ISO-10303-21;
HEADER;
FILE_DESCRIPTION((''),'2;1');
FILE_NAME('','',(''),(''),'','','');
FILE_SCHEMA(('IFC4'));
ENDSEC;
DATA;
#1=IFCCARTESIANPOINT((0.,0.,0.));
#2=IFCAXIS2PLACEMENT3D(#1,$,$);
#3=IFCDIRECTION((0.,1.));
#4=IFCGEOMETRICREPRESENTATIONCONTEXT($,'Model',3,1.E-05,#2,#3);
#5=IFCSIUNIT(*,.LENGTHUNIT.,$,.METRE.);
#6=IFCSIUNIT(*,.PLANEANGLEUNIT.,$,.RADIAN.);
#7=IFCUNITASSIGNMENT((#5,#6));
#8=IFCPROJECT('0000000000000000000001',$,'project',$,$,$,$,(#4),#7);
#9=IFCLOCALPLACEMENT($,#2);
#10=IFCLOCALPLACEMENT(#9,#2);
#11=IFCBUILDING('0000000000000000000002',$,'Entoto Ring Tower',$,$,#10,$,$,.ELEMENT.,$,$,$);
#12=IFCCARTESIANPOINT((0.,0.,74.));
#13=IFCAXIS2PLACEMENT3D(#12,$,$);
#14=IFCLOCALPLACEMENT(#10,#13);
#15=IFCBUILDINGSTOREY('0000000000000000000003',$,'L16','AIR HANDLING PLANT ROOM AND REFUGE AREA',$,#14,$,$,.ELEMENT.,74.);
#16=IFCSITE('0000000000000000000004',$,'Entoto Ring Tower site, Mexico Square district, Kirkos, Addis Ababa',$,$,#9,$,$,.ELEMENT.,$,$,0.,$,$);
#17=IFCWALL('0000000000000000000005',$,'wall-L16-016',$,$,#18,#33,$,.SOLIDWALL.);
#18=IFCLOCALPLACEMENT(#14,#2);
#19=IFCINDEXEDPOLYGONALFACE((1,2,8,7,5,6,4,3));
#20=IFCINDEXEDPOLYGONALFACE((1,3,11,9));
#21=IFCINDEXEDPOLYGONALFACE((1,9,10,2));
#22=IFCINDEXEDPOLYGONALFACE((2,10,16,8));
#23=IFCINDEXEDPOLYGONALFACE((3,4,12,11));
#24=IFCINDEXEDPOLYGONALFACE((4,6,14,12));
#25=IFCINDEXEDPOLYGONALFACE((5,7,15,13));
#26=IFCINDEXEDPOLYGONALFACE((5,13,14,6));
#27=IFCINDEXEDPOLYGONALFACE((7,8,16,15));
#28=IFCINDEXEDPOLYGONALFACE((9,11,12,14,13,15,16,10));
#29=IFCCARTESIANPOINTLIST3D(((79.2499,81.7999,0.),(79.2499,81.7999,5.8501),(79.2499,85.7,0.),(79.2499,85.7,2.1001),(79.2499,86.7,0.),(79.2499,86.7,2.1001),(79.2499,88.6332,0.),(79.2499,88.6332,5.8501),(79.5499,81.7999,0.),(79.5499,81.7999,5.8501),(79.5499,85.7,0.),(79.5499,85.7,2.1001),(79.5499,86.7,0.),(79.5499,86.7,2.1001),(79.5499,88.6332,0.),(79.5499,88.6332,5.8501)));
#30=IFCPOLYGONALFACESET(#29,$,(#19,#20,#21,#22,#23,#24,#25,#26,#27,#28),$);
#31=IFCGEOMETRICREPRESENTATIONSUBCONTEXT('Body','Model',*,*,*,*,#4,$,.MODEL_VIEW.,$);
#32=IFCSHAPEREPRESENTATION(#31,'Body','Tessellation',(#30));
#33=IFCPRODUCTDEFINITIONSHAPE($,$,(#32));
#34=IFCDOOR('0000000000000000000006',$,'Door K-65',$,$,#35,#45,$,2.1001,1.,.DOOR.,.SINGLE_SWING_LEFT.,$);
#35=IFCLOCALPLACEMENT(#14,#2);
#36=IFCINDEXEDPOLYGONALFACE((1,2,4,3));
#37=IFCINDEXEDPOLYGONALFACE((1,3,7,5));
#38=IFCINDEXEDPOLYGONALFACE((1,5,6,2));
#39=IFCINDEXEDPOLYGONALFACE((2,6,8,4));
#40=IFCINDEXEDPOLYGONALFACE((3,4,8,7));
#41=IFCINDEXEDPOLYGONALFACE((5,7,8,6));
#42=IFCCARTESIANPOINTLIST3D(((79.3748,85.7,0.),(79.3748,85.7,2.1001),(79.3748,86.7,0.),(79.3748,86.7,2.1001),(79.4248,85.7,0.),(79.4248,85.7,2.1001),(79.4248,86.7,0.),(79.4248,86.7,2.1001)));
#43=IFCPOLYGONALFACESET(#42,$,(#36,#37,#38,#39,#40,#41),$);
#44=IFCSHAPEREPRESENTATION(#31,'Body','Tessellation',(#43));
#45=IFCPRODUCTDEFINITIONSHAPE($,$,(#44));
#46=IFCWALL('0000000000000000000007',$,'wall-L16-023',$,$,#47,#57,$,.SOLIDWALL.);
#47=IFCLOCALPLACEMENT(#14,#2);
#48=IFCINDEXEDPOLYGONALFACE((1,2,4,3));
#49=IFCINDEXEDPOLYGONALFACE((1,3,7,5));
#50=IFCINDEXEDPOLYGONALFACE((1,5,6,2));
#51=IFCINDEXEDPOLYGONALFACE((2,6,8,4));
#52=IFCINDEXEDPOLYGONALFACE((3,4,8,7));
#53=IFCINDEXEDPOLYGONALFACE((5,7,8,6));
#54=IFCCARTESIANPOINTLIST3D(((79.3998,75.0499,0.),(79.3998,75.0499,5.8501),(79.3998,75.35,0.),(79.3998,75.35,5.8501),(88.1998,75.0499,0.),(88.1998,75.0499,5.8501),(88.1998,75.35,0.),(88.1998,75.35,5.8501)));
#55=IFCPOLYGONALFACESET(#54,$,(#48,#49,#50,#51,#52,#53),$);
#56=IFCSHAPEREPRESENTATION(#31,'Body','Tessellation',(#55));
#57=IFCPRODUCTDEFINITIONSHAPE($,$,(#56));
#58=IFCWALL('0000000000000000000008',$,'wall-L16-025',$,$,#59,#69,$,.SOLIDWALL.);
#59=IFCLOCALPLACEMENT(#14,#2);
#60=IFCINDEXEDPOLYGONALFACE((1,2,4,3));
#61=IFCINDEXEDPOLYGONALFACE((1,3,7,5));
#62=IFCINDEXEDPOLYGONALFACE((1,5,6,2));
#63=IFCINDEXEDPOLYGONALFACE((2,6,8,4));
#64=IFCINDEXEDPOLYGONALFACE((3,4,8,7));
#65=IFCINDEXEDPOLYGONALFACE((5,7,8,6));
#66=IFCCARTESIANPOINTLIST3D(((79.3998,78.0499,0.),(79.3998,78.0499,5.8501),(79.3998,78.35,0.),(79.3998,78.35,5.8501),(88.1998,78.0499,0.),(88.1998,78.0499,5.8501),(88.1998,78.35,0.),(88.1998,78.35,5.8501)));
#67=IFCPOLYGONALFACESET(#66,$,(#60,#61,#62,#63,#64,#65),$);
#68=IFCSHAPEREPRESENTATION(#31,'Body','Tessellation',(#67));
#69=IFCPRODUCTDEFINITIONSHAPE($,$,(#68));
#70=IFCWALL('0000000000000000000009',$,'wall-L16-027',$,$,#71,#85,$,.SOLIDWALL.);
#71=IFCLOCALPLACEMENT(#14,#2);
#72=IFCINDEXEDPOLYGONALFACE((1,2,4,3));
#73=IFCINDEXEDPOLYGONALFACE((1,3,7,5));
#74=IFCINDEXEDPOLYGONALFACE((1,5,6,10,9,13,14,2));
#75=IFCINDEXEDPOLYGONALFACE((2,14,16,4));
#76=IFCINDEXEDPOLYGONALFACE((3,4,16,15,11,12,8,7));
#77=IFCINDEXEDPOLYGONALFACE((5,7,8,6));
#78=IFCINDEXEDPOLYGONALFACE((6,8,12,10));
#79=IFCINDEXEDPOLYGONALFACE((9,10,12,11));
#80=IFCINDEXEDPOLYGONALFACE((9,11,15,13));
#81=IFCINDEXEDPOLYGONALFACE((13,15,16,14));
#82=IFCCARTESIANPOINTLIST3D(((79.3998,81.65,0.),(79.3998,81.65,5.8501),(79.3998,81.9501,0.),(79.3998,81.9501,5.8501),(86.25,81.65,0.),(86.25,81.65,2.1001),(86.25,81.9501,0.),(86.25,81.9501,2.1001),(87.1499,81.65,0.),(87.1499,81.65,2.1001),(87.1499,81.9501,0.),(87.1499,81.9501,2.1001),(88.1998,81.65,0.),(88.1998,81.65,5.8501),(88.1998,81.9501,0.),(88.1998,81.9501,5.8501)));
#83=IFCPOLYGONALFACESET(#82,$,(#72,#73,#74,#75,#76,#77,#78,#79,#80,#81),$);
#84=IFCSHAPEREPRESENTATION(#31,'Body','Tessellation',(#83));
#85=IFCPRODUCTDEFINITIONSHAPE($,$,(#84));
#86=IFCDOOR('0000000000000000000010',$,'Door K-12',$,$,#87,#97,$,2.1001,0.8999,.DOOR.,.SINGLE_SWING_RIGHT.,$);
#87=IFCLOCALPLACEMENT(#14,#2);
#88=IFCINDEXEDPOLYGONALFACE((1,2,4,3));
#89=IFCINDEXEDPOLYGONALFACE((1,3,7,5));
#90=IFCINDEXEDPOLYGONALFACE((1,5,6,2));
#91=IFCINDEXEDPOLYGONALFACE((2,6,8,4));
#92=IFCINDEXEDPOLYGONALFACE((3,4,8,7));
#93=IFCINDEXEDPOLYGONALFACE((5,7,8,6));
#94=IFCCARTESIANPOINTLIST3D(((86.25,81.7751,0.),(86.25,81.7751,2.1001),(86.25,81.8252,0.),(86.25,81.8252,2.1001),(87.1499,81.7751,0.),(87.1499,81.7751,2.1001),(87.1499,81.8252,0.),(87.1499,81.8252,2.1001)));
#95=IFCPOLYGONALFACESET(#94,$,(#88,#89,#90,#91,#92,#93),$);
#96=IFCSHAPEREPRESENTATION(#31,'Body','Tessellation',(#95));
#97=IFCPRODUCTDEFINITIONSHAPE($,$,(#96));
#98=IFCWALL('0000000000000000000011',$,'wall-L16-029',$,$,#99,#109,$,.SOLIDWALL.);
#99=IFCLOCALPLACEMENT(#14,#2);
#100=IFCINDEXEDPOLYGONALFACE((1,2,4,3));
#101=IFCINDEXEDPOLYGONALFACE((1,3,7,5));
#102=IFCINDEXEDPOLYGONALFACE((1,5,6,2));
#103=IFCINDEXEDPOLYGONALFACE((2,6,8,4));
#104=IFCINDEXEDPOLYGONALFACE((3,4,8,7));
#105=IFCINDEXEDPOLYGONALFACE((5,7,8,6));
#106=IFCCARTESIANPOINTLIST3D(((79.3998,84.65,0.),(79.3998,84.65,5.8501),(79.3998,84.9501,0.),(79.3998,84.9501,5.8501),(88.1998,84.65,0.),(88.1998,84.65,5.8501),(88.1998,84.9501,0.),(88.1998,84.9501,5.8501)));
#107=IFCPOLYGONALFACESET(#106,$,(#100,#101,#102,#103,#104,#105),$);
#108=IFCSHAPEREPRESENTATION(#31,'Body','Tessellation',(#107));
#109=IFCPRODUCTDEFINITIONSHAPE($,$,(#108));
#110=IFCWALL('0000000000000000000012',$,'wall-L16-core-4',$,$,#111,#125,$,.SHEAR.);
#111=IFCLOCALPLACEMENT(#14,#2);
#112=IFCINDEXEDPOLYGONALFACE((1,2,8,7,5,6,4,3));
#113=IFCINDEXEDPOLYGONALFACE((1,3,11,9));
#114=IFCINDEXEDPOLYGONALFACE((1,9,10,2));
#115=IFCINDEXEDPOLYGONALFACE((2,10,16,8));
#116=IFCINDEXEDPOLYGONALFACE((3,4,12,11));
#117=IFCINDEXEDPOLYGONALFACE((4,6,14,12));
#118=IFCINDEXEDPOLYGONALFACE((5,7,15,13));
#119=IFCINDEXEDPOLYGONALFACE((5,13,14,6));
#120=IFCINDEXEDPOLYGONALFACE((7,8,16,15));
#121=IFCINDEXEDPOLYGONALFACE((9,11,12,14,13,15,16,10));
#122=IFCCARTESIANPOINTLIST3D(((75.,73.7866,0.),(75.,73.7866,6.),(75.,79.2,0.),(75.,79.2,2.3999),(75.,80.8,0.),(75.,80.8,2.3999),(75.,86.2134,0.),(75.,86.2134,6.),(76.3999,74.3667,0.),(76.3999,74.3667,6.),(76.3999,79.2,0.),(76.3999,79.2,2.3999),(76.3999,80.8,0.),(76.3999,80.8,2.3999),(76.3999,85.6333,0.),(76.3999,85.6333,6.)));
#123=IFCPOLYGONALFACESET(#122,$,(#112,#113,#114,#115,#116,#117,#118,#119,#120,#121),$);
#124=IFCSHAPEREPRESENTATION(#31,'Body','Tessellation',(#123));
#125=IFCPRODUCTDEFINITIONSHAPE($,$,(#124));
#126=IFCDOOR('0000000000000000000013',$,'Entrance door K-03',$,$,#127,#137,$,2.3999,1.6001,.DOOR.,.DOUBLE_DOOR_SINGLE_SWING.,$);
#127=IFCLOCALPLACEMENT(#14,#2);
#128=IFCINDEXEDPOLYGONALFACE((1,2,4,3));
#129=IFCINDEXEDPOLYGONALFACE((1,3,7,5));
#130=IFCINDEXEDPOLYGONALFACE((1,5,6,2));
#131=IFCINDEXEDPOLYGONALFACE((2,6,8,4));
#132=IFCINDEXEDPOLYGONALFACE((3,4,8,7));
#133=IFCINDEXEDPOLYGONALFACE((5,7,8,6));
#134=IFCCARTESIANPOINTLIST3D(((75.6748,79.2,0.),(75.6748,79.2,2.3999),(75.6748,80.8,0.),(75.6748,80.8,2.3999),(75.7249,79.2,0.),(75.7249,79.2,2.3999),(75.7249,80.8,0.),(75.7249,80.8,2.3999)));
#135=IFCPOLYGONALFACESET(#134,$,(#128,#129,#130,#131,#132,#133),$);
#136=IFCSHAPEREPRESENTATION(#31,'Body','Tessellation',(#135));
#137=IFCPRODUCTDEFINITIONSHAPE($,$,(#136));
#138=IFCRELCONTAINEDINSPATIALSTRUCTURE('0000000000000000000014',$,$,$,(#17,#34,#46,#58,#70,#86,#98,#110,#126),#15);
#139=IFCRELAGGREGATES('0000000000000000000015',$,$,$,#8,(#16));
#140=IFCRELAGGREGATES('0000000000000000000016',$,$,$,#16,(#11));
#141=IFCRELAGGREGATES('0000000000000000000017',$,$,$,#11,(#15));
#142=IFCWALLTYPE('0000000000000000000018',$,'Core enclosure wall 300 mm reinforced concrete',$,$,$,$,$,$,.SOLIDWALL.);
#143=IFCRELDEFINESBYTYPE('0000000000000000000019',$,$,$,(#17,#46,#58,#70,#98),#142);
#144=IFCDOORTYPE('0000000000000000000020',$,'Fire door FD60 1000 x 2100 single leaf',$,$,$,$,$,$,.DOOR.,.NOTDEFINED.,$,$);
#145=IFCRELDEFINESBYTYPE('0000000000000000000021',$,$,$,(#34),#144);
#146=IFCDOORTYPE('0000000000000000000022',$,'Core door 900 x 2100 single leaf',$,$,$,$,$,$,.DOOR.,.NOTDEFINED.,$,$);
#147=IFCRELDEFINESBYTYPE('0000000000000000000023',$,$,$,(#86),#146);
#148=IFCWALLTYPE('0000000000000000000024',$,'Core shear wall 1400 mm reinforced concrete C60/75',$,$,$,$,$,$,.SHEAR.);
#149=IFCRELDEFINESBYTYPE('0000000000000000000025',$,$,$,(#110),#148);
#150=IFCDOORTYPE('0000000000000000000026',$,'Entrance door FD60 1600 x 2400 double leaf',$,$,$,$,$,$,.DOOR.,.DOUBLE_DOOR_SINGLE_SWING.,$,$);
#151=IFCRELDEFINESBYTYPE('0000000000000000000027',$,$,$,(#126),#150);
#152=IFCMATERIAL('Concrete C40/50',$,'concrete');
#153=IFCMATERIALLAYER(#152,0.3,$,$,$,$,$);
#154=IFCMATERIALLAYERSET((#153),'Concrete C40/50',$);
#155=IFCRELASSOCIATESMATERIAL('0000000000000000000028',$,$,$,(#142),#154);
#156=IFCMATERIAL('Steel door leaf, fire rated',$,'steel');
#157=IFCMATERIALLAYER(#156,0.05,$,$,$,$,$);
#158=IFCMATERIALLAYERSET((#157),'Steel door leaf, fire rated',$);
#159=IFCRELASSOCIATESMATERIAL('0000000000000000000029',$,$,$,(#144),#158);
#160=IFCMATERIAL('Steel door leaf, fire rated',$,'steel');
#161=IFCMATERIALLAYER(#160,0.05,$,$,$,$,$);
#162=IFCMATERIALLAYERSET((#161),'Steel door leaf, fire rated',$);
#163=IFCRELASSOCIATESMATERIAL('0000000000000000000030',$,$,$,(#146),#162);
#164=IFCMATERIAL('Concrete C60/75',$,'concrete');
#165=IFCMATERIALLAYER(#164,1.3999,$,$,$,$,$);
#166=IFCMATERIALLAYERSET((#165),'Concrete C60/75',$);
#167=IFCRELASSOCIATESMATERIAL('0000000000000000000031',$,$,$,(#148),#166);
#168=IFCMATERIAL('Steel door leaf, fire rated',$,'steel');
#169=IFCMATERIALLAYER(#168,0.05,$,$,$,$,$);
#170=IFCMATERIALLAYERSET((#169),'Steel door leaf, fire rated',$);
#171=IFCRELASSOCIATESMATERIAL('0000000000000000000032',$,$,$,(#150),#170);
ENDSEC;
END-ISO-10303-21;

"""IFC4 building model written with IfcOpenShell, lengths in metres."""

from ifc_helpers import new_model, si_unit, direction, frame, frame_2d, origin, place, context, subcontext, project, spatial, polyline, rectangle, outline, extrude, material, layer, layer_set, type_object, element, fill, save


model = new_model("IFC4")

# Units and contexts
model_context = context("Model", 3, precision=1e-05, world=origin(), true_north=direction((0.0, 1.0)))
body_context = subcontext(model_context, "Body", "Model", "MODEL_VIEW")
ifc_project = project(units=[si_unit("LENGTHUNIT", "METRE"), si_unit("PLANEANGLEUNIT", "RADIAN")], contexts=[model_context])

# Site, building, storey
site_placement = place(None, origin())
site = spatial("IfcSite", under=ifc_project, at=site_placement, Name="Entoto Ring Tower site, Mexico Square district, Kirkos, Addis Ababa", CompositionType="ELEMENT", RefElevation=0.0)
building_placement = place(site_placement, origin())
building = spatial("IfcBuilding", under=site, at=building_placement, Name="Entoto Ring Tower", CompositionType="ELEMENT")
storey_placement = place(building_placement, frame((0.0, 0.0, 74.0)))
storey = spatial("IfcBuildingStorey", under=building, at=storey_placement, Name="L16", Description="AIR HANDLING PLANT ROOM AND REFUGE AREA", CompositionType="ELEMENT", Elevation=74.0)

# Shared definitions
ifc_material_1 = material(Name="Concrete C40/50", Category="concrete")
ifc_layer_1 = layer(ifc_material_1, 0.3)
ifc_layer_set_1 = layer_set([ifc_layer_1], Name="Concrete C40/50")
wall_type_1 = type_object("IfcWallType", Name="Core enclosure wall 300 mm reinforced concrete", PredefinedType="SOLIDWALL", material=ifc_layer_set_1)

# Wall, opening, door
wall_1_placement = place(storey_placement, frame((79.3999, 81.8, 0.0), z_axis=(0.0, 0.0, 1.0), x_axis=(0.0, 1.0, 0.0)))
wall_1 = element("IfcWall", 1, at=wall_1_placement, inside=storey, type_object=wall_type_1, Name="wall-L16-016", PredefinedType="SOLIDWALL", context=body_context, shape_type="SweptSolid", body=[
    extrude(rectangle(XDim=6.8333, YDim=0.3, at=frame_2d((3.4165, 0.0))), origin(), (0.0, 0.0, 1.0), 5.8501),
])
opening_1_placement = place(wall_1_placement, frame((3.8999, 0.0, 0.0)))
opening_1 = element("IfcOpeningElement", 2, at=opening_1_placement, cuts=wall_1, PredefinedType="OPENING", context=body_context, shape_type="SweptSolid", body=[
    extrude(rectangle(XDim=1.0, YDim=2.1001, at=frame_2d((0.5, 1.05))), frame((0.0, 0.1602, 0.0), z_axis=(0.0, -1.0, 0.0), x_axis=(1.0, 0.0, 0.0)), (0.0, 0.0, 1.0), 0.3201),
])
ifc_material_2 = material(Name="Steel door leaf, fire rated", Category="steel")
ifc_layer_2 = layer(ifc_material_2, 0.05)
ifc_layer_set_2 = layer_set([ifc_layer_2], Name="Steel door leaf, fire rated")
door_type_1 = type_object("IfcDoorType", Name="Fire door FD60 1000 x 2100 single leaf", OperationType="NOTDEFINED", PredefinedType="DOOR", material=ifc_layer_set_2)
door_1_placement = place(opening_1_placement, frame((1.0, 0.0, 0.0), z_axis=(0.0, 0.0, 1.0), x_axis=(-1.0, 0.0, 0.0)))
door_1 = element("IfcDoor", 3, at=door_1_placement, inside=storey, type_object=door_type_1, Name="Door K-65", OperationType="SINGLE_SWING_LEFT", OverallHeight=2.1001, OverallWidth=1.0, PredefinedType="DOOR", context=body_context, shape_type="SweptSolid", body=[
    extrude(rectangle(XDim=1.0, YDim=2.1001, at=frame_2d((0.5, 1.05))), frame((0.0, 0.0249, 0.0), z_axis=(0.0, -1.0, 0.0), x_axis=(1.0, 0.0, 0.0)), (0.0, 0.0, 1.0), 0.05),
])
fill(opening_1, door_1)

# Walls
for number, where, z_axis, x_axis, name in (
    (4, (79.3999, 75.2, 0.0), (0.0, 0.0, 1.0), (1.0, 0.0, 0.0), "wall-L16-023"),
    (5, (79.3999, 78.2, 0.0), (0.0, 0.0, 1.0), (1.0, 0.0, 0.0), "wall-L16-025"),
):
    element("IfcWall", number, at=place(storey_placement, frame(where, z_axis=z_axis, x_axis=x_axis)), inside=storey, type_object=wall_type_1, Name=name, PredefinedType="SOLIDWALL", context=body_context, shape_type="SweptSolid", body=[
        extrude(rectangle(XDim=8.8, YDim=0.3, at=frame_2d((4.3999, 0.0))), origin(), (0.0, 0.0, 1.0), 5.8501),
    ])

# Wall, opening, door
wall_2_placement = place(storey_placement, frame((79.3999, 81.8, 0.0), z_axis=(0.0, 0.0, 1.0), x_axis=(1.0, 0.0, 0.0)))
wall_2 = element("IfcWall", 6, at=wall_2_placement, inside=storey, type_object=wall_type_1, Name="wall-L16-027", PredefinedType="SOLIDWALL", context=body_context, shape_type="SweptSolid", body=[
    extrude(rectangle(XDim=8.8, YDim=0.3, at=frame_2d((4.3999, 0.0))), origin(), (0.0, 0.0, 1.0), 5.8501),
])
opening_2_placement = place(wall_2_placement, frame((6.8501, 0.0, 0.0)))
opening_2 = element("IfcOpeningElement", 7, at=opening_2_placement, cuts=wall_2, PredefinedType="OPENING", context=body_context, shape_type="SweptSolid", body=[
    extrude(rectangle(XDim=0.8999, YDim=2.1001, at=frame_2d((0.45, 1.05))), frame((0.0, 0.1602, 0.0), z_axis=(0.0, -1.0, 0.0), x_axis=(1.0, 0.0, 0.0)), (0.0, 0.0, 1.0), 0.3201),
])
ifc_material_3 = material(Name="Steel door leaf, fire rated", Category="steel")
ifc_layer_3 = layer(ifc_material_3, 0.05)
ifc_layer_set_3 = layer_set([ifc_layer_3], Name="Steel door leaf, fire rated")
door_type_2 = type_object("IfcDoorType", Name="Core door 900 x 2100 single leaf", OperationType="NOTDEFINED", PredefinedType="DOOR", material=ifc_layer_set_3)
door_2_placement = place(opening_2_placement, frame((0.8999, 0.0, 0.0), z_axis=(0.0, 0.0, 1.0), x_axis=(-1.0, 0.0, 0.0)))
door_2 = element("IfcDoor", 8, at=door_2_placement, inside=storey, type_object=door_type_2, Name="Door K-12", OperationType="SINGLE_SWING_RIGHT", OverallHeight=2.1001, OverallWidth=0.8999, PredefinedType="DOOR", context=body_context, shape_type="SweptSolid", body=[
    extrude(rectangle(XDim=0.8999, YDim=2.1001, at=frame_2d((0.45, 1.05))), frame((0.0, 0.0249, 0.0), z_axis=(0.0, -1.0, 0.0), x_axis=(1.0, 0.0, 0.0)), (0.0, 0.0, 1.0), 0.05),
])
fill(opening_2, door_2)

# Wall
wall_3_placement = place(storey_placement, frame((79.3999, 84.8, 0.0), z_axis=(0.0, 0.0, 1.0), x_axis=(1.0, 0.0, 0.0)))
element("IfcWall", 9, at=wall_3_placement, inside=storey, type_object=wall_type_1, Name="wall-L16-029", PredefinedType="SOLIDWALL", context=body_context, shape_type="SweptSolid", body=[
    extrude(rectangle(XDim=8.8, YDim=0.3, at=frame_2d((4.3999, 0.0))), origin(), (0.0, 0.0, 1.0), 5.8501),
])

# Wall, opening, door
ifc_material_4 = material(Name="Concrete C60/75", Category="concrete")
ifc_layer_4 = layer(ifc_material_4, 1.3999)
ifc_layer_set_4 = layer_set([ifc_layer_4], Name="Concrete C60/75")
wall_type_2 = type_object("IfcWallType", Name="Core shear wall 1400 mm reinforced concrete C60/75", PredefinedType="SHEAR", material=ifc_layer_set_4)
wall_4_placement = place(storey_placement, frame((75.7, 85.9233, 0.0), z_axis=(0.0, 0.0, 1.0), x_axis=(0.0, -1.0, 0.0)))
wall_4 = element("IfcWall", 10, at=wall_4_placement, inside=storey, type_object=wall_type_2, Name="wall-L16-core-4", PredefinedType="SHEAR", context=body_context, shape_type="SweptSolid", body=[
    extrude(outline(polyline([(-0.29, -0.7), (12.1367, -0.7), (11.5566, 0.7), (0.29, 0.7), (-0.29, -0.7)])), origin(), (0.0, 0.0, 1.0), 6.0),
])
opening_3_placement = place(wall_4_placement, frame((5.1233, 0.0, 0.0)))
opening_3 = element("IfcOpeningElement", 11, at=opening_3_placement, cuts=wall_4, PredefinedType="OPENING", context=body_context, shape_type="SweptSolid", body=[
    extrude(rectangle(XDim=1.6001, YDim=2.3999, at=frame_2d((0.8, 1.2))), frame((0.0, 0.71, 0.0), z_axis=(0.0, -1.0, 0.0), x_axis=(1.0, 0.0, 0.0)), (0.0, 0.0, 1.0), 1.4199),
])
ifc_material_5 = material(Name="Steel door leaf, fire rated", Category="steel")
ifc_layer_5 = layer(ifc_material_5, 0.05)
ifc_layer_set_5 = layer_set([ifc_layer_5], Name="Steel door leaf, fire rated")
door_type_3 = type_object("IfcDoorType", Name="Entrance door FD60 1600 x 2400 double leaf", OperationType="DOUBLE_DOOR_SINGLE_SWING", PredefinedType="DOOR", material=ifc_layer_set_5)
door_3_placement = place(opening_3_placement, origin())
door_3 = element("IfcDoor", 12, at=door_3_placement, inside=storey, type_object=door_type_3, Name="Entrance door K-03", OperationType="DOUBLE_DOOR_SINGLE_SWING", OverallHeight=2.3999, OverallWidth=1.6001, PredefinedType="DOOR", context=body_context, shape_type="SweptSolid", body=[
    extrude(rectangle(XDim=1.6001, YDim=2.3999, at=frame_2d((0.8, 1.2))), frame((0.0, 0.0249, 0.0), z_axis=(0.0, -1.0, 0.0), x_axis=(1.0, 0.0, 0.0)), (0.0, 0.0, 1.0), 0.05),
])
fill(opening_3, door_3)

save(model, "model.ifc")
